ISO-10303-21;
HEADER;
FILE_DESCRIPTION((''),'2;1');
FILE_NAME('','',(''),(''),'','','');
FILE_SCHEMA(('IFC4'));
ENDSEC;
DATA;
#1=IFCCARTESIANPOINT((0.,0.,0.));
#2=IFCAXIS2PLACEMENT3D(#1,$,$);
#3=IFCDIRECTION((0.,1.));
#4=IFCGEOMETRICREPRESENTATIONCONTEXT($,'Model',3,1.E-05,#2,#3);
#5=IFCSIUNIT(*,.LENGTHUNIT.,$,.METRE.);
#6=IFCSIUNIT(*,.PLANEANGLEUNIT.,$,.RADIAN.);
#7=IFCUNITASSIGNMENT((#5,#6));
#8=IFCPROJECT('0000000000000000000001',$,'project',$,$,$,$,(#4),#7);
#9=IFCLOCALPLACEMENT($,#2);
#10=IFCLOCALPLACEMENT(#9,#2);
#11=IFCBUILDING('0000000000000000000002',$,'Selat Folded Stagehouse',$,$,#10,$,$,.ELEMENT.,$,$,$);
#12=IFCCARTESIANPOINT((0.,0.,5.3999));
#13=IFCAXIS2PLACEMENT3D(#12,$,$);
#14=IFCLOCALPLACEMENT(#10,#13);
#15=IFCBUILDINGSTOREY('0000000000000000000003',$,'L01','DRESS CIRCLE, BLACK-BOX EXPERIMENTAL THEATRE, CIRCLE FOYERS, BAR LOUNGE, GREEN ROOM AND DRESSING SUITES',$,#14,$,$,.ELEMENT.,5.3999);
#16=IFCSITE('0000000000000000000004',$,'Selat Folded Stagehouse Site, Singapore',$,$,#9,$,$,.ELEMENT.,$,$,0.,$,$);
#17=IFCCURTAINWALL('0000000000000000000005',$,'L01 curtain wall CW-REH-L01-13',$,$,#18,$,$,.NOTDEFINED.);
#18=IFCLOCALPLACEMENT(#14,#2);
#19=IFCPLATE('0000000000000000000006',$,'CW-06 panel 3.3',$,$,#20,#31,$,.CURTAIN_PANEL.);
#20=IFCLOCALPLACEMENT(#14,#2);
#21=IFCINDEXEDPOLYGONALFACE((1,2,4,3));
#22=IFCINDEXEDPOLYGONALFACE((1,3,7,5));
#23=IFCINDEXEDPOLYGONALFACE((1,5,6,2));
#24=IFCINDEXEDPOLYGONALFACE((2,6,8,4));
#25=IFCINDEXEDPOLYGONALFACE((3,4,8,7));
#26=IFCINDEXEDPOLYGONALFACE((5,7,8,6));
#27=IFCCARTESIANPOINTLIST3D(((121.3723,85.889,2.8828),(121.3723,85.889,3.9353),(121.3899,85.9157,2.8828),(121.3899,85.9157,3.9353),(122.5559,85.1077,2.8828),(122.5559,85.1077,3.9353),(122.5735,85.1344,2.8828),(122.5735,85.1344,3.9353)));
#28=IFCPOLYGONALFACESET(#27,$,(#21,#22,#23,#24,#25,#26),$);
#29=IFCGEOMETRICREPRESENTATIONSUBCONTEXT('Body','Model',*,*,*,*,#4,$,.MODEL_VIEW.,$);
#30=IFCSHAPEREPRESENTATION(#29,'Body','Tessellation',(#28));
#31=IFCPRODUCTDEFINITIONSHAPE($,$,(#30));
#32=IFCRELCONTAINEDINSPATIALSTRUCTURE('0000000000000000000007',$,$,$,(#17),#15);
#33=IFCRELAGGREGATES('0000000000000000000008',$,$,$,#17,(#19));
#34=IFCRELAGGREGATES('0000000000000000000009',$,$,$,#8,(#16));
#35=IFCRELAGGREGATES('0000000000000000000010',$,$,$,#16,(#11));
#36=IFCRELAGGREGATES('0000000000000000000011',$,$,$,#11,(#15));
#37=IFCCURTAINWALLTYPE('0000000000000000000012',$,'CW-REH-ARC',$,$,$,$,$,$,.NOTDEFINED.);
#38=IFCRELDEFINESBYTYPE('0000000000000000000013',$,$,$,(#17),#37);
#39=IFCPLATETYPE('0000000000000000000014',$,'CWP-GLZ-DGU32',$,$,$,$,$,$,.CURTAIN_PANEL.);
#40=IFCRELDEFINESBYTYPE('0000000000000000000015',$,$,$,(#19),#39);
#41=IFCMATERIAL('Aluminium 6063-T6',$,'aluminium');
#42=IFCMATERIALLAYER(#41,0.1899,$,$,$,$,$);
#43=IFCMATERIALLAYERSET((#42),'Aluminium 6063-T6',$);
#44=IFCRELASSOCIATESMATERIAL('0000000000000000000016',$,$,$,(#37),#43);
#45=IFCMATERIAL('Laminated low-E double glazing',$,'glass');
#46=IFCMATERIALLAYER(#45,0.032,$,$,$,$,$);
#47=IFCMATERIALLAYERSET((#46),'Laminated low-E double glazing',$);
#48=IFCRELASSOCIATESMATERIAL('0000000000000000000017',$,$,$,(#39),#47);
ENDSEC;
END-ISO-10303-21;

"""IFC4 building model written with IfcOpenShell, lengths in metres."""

from ifc_helpers import new_model, si_unit, direction, frame, origin, origin_2d, place, context, subcontext, project, spatial, rectangle, extrude, material, layer, layer_set, type_object, element, aggregate, save


model = new_model("IFC4")

# Units and contexts
model_context = context("Model", 3, precision=1e-05, world=origin(), true_north=direction((0.0, 1.0)))
body_context = subcontext(model_context, "Body", "Model", "MODEL_VIEW")
ifc_project = project(units=[si_unit("LENGTHUNIT", "METRE"), si_unit("PLANEANGLEUNIT", "RADIAN")], contexts=[model_context])

# Site, building, storey
site_placement = place(None, origin())
site = spatial("IfcSite", under=ifc_project, at=site_placement, Name="Selat Folded Stagehouse Site, Singapore", CompositionType="ELEMENT", RefElevation=0.0)
building_placement = place(site_placement, origin())
building = spatial("IfcBuilding", under=site, at=building_placement, Name="Selat Folded Stagehouse", CompositionType="ELEMENT")
storey_placement = place(building_placement, frame((0.0, 0.0, 5.3999)))
storey = spatial("IfcBuildingStorey", under=building, at=storey_placement, Name="L01", Description="DRESS CIRCLE, BLACK-BOX EXPERIMENTAL THEATRE, CIRCLE FOYERS, BAR LOUNGE, GREEN ROOM AND DRESSING SUITES", CompositionType="ELEMENT", Elevation=5.3999)

# Shared definitions
ifc_material_1 = material(Name="Aluminium 6063-T6", Category="aluminium")
ifc_layer_1 = layer(ifc_material_1, 0.1899)
ifc_layer_set_1 = layer_set([ifc_layer_1], Name="Aluminium 6063-T6")
curtain_wall_type = type_object("IfcCurtainWallType", Name="CW-REH-ARC", PredefinedType="NOTDEFINED", material=ifc_layer_set_1)

# Curtain wall
curtain_wall_1_placement = place(storey_placement, origin())
curtain_wall_1 = element("IfcCurtainWall", 1, at=curtain_wall_1_placement, inside=storey, type_object=curtain_wall_type, Name="L01 curtain wall CW-REH-L01-13", PredefinedType="NOTDEFINED")

# Plate
ifc_material_2 = material(Name="Laminated low-E double glazing", Category="glass")
ifc_layer_2 = layer(ifc_material_2, 0.032)
ifc_layer_set_2 = layer_set([ifc_layer_2], Name="Laminated low-E double glazing")
plate_type = type_object("IfcPlateType", Name="CWP-GLZ-DGU32", PredefinedType="CURTAIN_PANEL", material=ifc_layer_set_2)
plate_1_placement = place(storey_placement, frame((121.9729, 85.5117, 2.8828), z_axis=(0.0, 0.0, 1.0), x_axis=(-0.834581, 0.550885, 0.0)))
plate_1 = element("IfcPlate", 2, at=plate_1_placement, type_object=plate_type, Name="CW-06 panel 3.3", PredefinedType="CURTAIN_PANEL", context=body_context, shape_type="SweptSolid", body=[
    extrude(rectangle(XDim=1.4182, YDim=0.032, at=origin_2d()), origin(), (0.0, 0.0, 1.0), 1.0525),
])
aggregate(curtain_wall_1, [plate_1])

save(model, "model.ifc")
